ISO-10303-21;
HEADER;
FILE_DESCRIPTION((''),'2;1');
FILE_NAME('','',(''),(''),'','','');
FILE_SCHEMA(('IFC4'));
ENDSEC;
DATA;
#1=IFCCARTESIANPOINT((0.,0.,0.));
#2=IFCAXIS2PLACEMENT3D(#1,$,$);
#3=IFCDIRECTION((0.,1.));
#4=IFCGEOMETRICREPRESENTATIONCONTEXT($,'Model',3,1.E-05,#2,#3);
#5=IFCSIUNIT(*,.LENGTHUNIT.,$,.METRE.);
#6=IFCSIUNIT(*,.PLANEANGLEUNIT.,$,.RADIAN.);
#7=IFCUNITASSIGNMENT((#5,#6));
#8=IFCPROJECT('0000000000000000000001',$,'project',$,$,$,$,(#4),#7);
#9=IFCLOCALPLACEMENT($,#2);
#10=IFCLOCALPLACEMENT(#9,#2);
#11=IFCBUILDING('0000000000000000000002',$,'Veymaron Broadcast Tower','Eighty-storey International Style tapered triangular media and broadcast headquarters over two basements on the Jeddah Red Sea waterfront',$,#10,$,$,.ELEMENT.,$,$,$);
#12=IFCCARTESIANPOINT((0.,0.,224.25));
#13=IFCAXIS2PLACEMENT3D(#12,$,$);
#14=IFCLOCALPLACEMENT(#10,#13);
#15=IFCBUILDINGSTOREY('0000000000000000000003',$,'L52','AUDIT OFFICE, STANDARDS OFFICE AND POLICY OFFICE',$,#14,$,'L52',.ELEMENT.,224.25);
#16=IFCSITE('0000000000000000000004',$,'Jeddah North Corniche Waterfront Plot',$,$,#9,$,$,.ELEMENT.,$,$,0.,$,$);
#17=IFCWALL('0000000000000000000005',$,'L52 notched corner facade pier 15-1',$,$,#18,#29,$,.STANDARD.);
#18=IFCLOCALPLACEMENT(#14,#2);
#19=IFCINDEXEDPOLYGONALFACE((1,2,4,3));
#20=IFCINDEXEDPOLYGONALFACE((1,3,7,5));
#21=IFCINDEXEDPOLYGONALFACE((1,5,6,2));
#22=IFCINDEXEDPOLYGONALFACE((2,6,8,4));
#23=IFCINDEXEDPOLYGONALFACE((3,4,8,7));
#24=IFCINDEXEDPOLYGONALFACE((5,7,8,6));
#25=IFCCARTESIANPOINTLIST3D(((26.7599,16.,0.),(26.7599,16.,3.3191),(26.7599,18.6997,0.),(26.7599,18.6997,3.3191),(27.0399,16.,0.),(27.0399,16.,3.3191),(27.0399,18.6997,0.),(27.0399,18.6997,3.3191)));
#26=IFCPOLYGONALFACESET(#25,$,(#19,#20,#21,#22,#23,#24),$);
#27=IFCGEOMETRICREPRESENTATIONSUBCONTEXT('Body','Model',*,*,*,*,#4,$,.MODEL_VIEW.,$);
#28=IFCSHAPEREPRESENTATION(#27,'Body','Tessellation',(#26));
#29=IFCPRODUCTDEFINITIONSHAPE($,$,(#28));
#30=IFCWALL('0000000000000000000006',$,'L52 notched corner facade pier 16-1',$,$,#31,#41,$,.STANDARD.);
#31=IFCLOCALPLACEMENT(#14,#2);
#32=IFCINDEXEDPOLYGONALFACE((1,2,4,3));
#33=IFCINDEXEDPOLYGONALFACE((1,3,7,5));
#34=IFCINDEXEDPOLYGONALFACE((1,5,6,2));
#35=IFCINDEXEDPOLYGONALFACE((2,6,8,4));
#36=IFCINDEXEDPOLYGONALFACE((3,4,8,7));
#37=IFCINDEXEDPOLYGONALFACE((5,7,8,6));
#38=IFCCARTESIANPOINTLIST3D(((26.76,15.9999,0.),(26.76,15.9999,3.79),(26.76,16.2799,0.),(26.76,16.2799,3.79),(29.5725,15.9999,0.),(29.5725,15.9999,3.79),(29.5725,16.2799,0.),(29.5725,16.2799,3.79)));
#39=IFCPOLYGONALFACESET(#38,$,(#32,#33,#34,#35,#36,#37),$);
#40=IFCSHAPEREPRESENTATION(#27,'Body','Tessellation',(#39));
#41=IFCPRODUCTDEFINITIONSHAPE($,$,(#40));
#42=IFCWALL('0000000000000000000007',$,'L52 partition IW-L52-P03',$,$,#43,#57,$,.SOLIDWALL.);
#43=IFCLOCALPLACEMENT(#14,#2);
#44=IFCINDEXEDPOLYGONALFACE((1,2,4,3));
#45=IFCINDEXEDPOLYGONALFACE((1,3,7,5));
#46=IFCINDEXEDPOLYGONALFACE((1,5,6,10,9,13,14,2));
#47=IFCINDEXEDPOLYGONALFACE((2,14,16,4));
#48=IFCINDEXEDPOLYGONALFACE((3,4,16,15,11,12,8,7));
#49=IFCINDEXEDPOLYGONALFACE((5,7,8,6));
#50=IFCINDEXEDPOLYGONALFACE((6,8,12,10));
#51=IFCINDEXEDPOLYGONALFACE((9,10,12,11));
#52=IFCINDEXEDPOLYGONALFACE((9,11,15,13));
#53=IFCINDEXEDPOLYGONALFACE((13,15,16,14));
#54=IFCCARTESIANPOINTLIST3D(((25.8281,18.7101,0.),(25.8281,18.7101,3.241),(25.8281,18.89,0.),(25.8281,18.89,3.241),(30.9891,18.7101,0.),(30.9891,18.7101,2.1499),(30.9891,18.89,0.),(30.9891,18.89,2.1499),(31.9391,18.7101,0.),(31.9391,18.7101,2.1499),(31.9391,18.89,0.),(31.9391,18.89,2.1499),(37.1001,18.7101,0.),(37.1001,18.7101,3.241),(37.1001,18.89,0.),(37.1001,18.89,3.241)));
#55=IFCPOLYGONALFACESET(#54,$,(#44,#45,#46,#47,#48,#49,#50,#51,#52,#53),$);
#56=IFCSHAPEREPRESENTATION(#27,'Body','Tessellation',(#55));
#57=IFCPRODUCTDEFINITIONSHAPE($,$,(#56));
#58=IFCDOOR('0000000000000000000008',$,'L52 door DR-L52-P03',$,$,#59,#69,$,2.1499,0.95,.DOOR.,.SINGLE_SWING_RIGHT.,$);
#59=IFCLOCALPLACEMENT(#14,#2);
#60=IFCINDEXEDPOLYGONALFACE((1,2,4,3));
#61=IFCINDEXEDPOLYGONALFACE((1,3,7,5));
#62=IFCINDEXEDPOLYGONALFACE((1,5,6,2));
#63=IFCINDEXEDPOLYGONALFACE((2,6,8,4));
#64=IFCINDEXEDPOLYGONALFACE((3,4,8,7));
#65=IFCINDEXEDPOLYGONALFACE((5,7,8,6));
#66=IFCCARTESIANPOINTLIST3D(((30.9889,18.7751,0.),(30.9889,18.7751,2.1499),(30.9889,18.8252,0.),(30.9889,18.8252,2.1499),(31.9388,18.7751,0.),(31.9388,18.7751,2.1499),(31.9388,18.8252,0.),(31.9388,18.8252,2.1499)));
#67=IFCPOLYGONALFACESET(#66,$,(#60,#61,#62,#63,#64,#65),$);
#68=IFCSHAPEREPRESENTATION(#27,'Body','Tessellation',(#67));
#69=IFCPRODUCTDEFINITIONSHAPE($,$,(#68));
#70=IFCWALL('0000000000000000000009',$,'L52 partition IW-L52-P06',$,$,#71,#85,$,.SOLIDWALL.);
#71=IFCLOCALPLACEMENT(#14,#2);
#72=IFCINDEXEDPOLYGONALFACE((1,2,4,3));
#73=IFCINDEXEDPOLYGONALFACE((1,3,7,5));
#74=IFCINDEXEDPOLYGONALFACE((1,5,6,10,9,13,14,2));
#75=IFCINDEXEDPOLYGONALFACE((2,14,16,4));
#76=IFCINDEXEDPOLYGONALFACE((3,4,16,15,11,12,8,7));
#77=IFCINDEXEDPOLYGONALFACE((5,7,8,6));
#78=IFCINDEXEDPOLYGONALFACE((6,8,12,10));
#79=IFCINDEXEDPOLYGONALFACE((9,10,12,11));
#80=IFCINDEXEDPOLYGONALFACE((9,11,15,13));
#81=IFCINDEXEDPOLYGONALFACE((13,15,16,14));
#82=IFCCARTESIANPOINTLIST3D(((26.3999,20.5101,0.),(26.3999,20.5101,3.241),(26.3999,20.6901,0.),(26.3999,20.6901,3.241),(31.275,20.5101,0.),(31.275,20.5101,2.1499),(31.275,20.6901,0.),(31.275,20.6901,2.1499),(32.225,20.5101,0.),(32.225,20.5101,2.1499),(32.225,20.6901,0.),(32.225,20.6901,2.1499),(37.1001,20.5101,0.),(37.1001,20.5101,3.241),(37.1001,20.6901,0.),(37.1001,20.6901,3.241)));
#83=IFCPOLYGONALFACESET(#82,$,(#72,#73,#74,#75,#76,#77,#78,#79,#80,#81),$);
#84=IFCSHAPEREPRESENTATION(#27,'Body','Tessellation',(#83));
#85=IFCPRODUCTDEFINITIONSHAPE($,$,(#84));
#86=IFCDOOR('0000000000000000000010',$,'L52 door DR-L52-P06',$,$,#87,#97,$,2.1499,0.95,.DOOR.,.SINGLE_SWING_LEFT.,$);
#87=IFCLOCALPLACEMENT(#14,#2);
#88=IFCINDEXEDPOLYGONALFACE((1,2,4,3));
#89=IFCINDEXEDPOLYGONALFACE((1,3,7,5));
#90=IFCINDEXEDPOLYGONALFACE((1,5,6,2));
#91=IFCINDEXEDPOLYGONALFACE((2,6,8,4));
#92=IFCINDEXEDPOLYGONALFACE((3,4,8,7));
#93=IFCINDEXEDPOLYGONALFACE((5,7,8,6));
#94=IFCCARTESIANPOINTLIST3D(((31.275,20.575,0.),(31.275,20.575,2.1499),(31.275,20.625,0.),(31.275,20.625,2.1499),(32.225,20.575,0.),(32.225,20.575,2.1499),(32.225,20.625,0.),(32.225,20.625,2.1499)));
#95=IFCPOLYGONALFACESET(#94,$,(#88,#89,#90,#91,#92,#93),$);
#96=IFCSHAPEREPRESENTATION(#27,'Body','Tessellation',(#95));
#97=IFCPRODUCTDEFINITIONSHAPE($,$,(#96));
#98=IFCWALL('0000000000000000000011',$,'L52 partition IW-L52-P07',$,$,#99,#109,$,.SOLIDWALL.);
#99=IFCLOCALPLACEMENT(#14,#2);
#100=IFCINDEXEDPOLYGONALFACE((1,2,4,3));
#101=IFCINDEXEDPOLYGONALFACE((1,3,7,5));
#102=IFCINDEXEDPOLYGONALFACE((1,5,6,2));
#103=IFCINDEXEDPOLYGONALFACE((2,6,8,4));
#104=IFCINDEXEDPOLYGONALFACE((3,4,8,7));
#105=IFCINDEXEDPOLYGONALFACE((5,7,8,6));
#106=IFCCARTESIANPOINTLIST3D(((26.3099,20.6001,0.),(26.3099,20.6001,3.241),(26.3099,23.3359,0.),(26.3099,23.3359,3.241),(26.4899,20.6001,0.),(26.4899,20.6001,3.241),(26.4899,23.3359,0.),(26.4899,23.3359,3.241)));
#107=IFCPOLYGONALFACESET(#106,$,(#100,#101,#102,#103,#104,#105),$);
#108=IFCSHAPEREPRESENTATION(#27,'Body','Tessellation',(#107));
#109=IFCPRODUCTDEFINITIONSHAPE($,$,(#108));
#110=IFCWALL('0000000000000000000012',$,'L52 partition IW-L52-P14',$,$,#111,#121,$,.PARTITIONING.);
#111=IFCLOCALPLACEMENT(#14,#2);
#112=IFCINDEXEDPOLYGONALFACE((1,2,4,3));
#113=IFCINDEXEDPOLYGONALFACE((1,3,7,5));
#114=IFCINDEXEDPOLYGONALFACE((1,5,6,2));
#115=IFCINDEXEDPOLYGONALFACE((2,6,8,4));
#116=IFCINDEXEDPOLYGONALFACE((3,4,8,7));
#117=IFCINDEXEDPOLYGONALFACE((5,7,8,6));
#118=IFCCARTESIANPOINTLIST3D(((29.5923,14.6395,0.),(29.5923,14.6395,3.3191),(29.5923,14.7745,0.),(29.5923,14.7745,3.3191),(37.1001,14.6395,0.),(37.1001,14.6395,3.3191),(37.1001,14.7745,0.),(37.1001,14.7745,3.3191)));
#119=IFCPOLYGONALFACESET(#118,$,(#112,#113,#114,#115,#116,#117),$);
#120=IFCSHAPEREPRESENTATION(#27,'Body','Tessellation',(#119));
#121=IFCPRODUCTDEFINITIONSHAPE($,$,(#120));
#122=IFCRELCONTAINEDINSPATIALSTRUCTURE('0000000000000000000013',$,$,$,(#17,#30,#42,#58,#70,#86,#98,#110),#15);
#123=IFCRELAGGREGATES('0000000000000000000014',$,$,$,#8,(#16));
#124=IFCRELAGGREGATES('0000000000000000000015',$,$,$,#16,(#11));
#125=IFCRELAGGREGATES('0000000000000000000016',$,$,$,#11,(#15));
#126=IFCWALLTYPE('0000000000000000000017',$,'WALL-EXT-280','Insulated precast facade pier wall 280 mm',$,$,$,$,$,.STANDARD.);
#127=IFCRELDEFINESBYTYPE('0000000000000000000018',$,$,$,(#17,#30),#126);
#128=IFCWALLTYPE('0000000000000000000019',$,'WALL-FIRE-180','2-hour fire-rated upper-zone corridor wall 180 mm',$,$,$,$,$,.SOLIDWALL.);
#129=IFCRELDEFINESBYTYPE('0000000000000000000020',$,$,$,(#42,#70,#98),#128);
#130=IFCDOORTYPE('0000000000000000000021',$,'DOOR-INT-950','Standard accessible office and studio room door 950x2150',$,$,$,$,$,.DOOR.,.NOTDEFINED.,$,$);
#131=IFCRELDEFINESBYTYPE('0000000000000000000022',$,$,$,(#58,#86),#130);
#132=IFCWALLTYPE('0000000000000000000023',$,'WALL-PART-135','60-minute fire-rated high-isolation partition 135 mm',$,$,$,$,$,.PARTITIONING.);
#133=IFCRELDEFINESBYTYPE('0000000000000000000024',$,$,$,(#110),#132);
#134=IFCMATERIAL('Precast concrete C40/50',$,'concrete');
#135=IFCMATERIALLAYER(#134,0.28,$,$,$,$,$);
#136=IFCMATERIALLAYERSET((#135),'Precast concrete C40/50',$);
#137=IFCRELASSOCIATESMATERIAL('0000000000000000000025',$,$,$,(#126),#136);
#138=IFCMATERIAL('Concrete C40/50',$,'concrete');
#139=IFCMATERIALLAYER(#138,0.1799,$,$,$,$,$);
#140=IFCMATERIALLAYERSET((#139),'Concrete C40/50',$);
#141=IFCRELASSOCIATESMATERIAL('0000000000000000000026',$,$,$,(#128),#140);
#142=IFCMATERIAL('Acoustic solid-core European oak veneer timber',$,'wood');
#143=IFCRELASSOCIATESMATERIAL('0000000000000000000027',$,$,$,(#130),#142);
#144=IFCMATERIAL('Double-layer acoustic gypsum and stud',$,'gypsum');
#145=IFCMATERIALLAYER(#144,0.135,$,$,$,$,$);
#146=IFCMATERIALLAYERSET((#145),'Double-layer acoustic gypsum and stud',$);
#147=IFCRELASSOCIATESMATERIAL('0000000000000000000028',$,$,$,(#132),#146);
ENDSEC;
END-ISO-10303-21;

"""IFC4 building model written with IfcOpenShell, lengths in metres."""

from ifc_helpers import new_model, si_unit, direction, frame, frame_2d, origin, place, context, subcontext, project, spatial, rectangle, extrude, material, layer, layer_set, type_object, element, fill, save


model = new_model("IFC4")

# Units and contexts
model_context = context("Model", 3, precision=1e-05, world=origin(), true_north=direction((0.0, 1.0)))
body_context = subcontext(model_context, "Body", "Model", "MODEL_VIEW")
ifc_project = project(units=[si_unit("LENGTHUNIT", "METRE"), si_unit("PLANEANGLEUNIT", "RADIAN")], contexts=[model_context])

# Site, building, storey
site_placement = place(None, origin())
site = spatial("IfcSite", under=ifc_project, at=site_placement, Name="Jeddah North Corniche Waterfront Plot", CompositionType="ELEMENT", RefElevation=0.0)
building_placement = place(site_placement, origin())
building = spatial("IfcBuilding", under=site, at=building_placement, Name="Veymaron Broadcast Tower", Description="Eighty-storey International Style tapered triangular media and broadcast headquarters over two basements on the Jeddah Red Sea waterfront", CompositionType="ELEMENT")
storey_placement = place(building_placement, frame((0.0, 0.0, 224.25)))
storey = spatial("IfcBuildingStorey", under=building, at=storey_placement, Name="L52", Description="AUDIT OFFICE, STANDARDS OFFICE AND POLICY OFFICE", LongName="L52", CompositionType="ELEMENT", Elevation=224.25)

# Shared definitions
ifc_material_1 = material(Name="Concrete C40/50", Category="concrete")

# Walls
ifc_material_2 = material(Name="Precast concrete C40/50", Category="concrete")
ifc_layer_1 = layer(ifc_material_2, 0.28)
ifc_layer_set_1 = layer_set([ifc_layer_1], Name="Precast concrete C40/50")
wall_type_1 = type_object("IfcWallType", Name="WALL-EXT-280", Description="Insulated precast facade pier wall 280 mm", PredefinedType="STANDARD", material=ifc_layer_set_1)
wall_1_placement = place(storey_placement, frame((26.8999, 18.6997, 0.0), z_axis=(0.0, 0.0, 1.0), x_axis=(0.0, -1.0, 0.0)))
element("IfcWall", 1, at=wall_1_placement, inside=storey, type_object=wall_type_1, Name="L52 notched corner facade pier 15-1", PredefinedType="STANDARD", context=body_context, shape_type="SweptSolid", body=[
    extrude(rectangle(XDim=2.6997, YDim=0.28, at=frame_2d((1.3499, 0.0))), origin(), (0.0, 0.0, 1.0), 3.3191),
])
wall_2_placement = place(storey_placement, frame((26.76, 16.1399, 0.0), z_axis=(0.0, 0.0, 1.0), x_axis=(1.0, 0.0, 0.0)))
element("IfcWall", 2, at=wall_2_placement, inside=storey, type_object=wall_type_1, Name="L52 notched corner facade pier 16-1", PredefinedType="STANDARD", context=body_context, shape_type="SweptSolid", body=[
    extrude(rectangle(XDim=2.8125, YDim=0.28, at=frame_2d((1.4062, 0.0))), origin(), (0.0, 0.0, 1.0), 3.79),
])

# Walls, openings, doors
ifc_layer_2 = layer(ifc_material_1, 0.1799)
ifc_layer_set_2 = layer_set([ifc_layer_2], Name="Concrete C40/50")
wall_type_2 = type_object("IfcWallType", Name="WALL-FIRE-180", Description="2-hour fire-rated upper-zone corridor wall 180 mm", PredefinedType="SOLIDWALL", material=ifc_layer_set_2)
wall_3_placement = place(storey_placement, frame((25.8281, 18.8, 0.0), z_axis=(0.0, 0.0, 1.0), x_axis=(1.0, 0.0, 0.0)))
wall_3 = element("IfcWall", 3, at=wall_3_placement, inside=storey, type_object=wall_type_2, Name="L52 partition IW-L52-P03", PredefinedType="SOLIDWALL", context=body_context, shape_type="SweptSolid", body=[
    extrude(rectangle(XDim=11.272, YDim=0.1799, at=frame_2d((5.636, 0.0))), origin(), (0.0, 0.0, 1.0), 3.241),
])
opening_1_placement = place(wall_3_placement, frame((5.1609, 0.0, 0.0)))
opening_1 = element("IfcOpeningElement", 4, at=opening_1_placement, cuts=wall_3, PredefinedType="OPENING", context=body_context, shape_type="SweptSolid", body=[
    extrude(rectangle(XDim=0.95, YDim=2.1499, at=frame_2d((0.4751, 1.075))), frame((0.0, 0.1001, 0.0), z_axis=(0.0, -1.0, 0.0), x_axis=(1.0, 0.0, 0.0)), (0.0, 0.0, 1.0), 0.2),
])
ifc_material_3 = material(Name="Acoustic solid-core European oak veneer timber", Category="wood")
door_type = type_object("IfcDoorType", Name="DOOR-INT-950", Description="Standard accessible office and studio room door 950x2150", OperationType="NOTDEFINED", PredefinedType="DOOR", material=ifc_material_3)
door_1_placement = place(opening_1_placement, frame((0.95, 0.0, 0.0), z_axis=(0.0, 0.0, 1.0), x_axis=(-1.0, 0.0, 0.0)))
door_1 = element("IfcDoor", 5, at=door_1_placement, inside=storey, type_object=door_type, Name="L52 door DR-L52-P03", OperationType="SINGLE_SWING_RIGHT", OverallHeight=2.1499, OverallWidth=0.95, PredefinedType="DOOR", context=body_context, shape_type="SweptSolid", body=[
    extrude(rectangle(XDim=0.95, YDim=2.1499, at=frame_2d((0.4751, 1.075))), frame((0.0, 0.0249, 0.0), z_axis=(0.0, -1.0, 0.0), x_axis=(1.0, 0.0, 0.0)), (0.0, 0.0, 1.0), 0.05),
])
fill(opening_1, door_1)
wall_4_placement = place(storey_placement, frame((26.3999, 20.6001, 0.0), z_axis=(0.0, 0.0, 1.0), x_axis=(1.0, 0.0, 0.0)))
wall_4 = element("IfcWall", 6, at=wall_4_placement, inside=storey, type_object=wall_type_2, Name="L52 partition IW-L52-P06", PredefinedType="SOLIDWALL", context=body_context, shape_type="SweptSolid", body=[
    extrude(rectangle(XDim=10.7002, YDim=0.1799, at=frame_2d((5.3501, 0.0))), origin(), (0.0, 0.0, 1.0), 3.241),
])
opening_2_placement = place(wall_4_placement, frame((4.875, 0.0, 0.0)))
opening_2 = element("IfcOpeningElement", 7, at=opening_2_placement, cuts=wall_4, PredefinedType="OPENING", context=body_context, shape_type="SweptSolid", body=[
    extrude(rectangle(XDim=0.95, YDim=2.1499, at=frame_2d((0.4751, 1.075))), frame((0.0, 0.1001, 0.0), z_axis=(0.0, -1.0, 0.0), x_axis=(1.0, 0.0, 0.0)), (0.0, 0.0, 1.0), 0.2),
])
door_2_placement = place(opening_2_placement, origin())
door_2 = element("IfcDoor", 8, at=door_2_placement, inside=storey, type_object=door_type, Name="L52 door DR-L52-P06", OperationType="SINGLE_SWING_LEFT", OverallHeight=2.1499, OverallWidth=0.95, PredefinedType="DOOR", context=body_context, shape_type="SweptSolid", body=[
    extrude(rectangle(XDim=0.95, YDim=2.1499, at=frame_2d((0.4751, 1.075))), frame((0.0, 0.0249, 0.0), z_axis=(0.0, -1.0, 0.0), x_axis=(1.0, 0.0, 0.0)), (0.0, 0.0, 1.0), 0.05),
])
fill(opening_2, door_2)

# Walls
wall_5_placement = place(storey_placement, frame((26.3999, 20.6001, 0.0), z_axis=(0.0, 0.0, 1.0), x_axis=(0.0, 1.0, 0.0)))
element("IfcWall", 9, at=wall_5_placement, inside=storey, type_object=wall_type_2, Name="L52 partition IW-L52-P07", PredefinedType="SOLIDWALL", context=body_context, shape_type="SweptSolid", body=[
    extrude(rectangle(XDim=2.7358, YDim=0.1799, at=frame_2d((1.3679, 0.0))), origin(), (0.0, 0.0, 1.0), 3.241),
])
ifc_material_4 = material(Name="Double-layer acoustic gypsum and stud", Category="gypsum")
ifc_layer_3 = layer(ifc_material_4, 0.135)
ifc_layer_set_3 = layer_set([ifc_layer_3], Name="Double-layer acoustic gypsum and stud")
wall_type_3 = type_object("IfcWallType", Name="WALL-PART-135", Description="60-minute fire-rated high-isolation partition 135 mm", PredefinedType="PARTITIONING", material=ifc_layer_set_3)
wall_6_placement = place(storey_placement, frame((29.5923, 14.707, 0.0), z_axis=(0.0, 0.0, 1.0), x_axis=(1.0, 0.0, 0.0)))
element("IfcWall", 10, at=wall_6_placement, inside=storey, type_object=wall_type_3, Name="L52 partition IW-L52-P14", PredefinedType="PARTITIONING", context=body_context, shape_type="SweptSolid", body=[
    extrude(rectangle(XDim=7.5078, YDim=0.135, at=frame_2d((3.7539, 0.0))), origin(), (0.0, 0.0, 1.0), 3.3191),
])

save(model, "model.ifc")
